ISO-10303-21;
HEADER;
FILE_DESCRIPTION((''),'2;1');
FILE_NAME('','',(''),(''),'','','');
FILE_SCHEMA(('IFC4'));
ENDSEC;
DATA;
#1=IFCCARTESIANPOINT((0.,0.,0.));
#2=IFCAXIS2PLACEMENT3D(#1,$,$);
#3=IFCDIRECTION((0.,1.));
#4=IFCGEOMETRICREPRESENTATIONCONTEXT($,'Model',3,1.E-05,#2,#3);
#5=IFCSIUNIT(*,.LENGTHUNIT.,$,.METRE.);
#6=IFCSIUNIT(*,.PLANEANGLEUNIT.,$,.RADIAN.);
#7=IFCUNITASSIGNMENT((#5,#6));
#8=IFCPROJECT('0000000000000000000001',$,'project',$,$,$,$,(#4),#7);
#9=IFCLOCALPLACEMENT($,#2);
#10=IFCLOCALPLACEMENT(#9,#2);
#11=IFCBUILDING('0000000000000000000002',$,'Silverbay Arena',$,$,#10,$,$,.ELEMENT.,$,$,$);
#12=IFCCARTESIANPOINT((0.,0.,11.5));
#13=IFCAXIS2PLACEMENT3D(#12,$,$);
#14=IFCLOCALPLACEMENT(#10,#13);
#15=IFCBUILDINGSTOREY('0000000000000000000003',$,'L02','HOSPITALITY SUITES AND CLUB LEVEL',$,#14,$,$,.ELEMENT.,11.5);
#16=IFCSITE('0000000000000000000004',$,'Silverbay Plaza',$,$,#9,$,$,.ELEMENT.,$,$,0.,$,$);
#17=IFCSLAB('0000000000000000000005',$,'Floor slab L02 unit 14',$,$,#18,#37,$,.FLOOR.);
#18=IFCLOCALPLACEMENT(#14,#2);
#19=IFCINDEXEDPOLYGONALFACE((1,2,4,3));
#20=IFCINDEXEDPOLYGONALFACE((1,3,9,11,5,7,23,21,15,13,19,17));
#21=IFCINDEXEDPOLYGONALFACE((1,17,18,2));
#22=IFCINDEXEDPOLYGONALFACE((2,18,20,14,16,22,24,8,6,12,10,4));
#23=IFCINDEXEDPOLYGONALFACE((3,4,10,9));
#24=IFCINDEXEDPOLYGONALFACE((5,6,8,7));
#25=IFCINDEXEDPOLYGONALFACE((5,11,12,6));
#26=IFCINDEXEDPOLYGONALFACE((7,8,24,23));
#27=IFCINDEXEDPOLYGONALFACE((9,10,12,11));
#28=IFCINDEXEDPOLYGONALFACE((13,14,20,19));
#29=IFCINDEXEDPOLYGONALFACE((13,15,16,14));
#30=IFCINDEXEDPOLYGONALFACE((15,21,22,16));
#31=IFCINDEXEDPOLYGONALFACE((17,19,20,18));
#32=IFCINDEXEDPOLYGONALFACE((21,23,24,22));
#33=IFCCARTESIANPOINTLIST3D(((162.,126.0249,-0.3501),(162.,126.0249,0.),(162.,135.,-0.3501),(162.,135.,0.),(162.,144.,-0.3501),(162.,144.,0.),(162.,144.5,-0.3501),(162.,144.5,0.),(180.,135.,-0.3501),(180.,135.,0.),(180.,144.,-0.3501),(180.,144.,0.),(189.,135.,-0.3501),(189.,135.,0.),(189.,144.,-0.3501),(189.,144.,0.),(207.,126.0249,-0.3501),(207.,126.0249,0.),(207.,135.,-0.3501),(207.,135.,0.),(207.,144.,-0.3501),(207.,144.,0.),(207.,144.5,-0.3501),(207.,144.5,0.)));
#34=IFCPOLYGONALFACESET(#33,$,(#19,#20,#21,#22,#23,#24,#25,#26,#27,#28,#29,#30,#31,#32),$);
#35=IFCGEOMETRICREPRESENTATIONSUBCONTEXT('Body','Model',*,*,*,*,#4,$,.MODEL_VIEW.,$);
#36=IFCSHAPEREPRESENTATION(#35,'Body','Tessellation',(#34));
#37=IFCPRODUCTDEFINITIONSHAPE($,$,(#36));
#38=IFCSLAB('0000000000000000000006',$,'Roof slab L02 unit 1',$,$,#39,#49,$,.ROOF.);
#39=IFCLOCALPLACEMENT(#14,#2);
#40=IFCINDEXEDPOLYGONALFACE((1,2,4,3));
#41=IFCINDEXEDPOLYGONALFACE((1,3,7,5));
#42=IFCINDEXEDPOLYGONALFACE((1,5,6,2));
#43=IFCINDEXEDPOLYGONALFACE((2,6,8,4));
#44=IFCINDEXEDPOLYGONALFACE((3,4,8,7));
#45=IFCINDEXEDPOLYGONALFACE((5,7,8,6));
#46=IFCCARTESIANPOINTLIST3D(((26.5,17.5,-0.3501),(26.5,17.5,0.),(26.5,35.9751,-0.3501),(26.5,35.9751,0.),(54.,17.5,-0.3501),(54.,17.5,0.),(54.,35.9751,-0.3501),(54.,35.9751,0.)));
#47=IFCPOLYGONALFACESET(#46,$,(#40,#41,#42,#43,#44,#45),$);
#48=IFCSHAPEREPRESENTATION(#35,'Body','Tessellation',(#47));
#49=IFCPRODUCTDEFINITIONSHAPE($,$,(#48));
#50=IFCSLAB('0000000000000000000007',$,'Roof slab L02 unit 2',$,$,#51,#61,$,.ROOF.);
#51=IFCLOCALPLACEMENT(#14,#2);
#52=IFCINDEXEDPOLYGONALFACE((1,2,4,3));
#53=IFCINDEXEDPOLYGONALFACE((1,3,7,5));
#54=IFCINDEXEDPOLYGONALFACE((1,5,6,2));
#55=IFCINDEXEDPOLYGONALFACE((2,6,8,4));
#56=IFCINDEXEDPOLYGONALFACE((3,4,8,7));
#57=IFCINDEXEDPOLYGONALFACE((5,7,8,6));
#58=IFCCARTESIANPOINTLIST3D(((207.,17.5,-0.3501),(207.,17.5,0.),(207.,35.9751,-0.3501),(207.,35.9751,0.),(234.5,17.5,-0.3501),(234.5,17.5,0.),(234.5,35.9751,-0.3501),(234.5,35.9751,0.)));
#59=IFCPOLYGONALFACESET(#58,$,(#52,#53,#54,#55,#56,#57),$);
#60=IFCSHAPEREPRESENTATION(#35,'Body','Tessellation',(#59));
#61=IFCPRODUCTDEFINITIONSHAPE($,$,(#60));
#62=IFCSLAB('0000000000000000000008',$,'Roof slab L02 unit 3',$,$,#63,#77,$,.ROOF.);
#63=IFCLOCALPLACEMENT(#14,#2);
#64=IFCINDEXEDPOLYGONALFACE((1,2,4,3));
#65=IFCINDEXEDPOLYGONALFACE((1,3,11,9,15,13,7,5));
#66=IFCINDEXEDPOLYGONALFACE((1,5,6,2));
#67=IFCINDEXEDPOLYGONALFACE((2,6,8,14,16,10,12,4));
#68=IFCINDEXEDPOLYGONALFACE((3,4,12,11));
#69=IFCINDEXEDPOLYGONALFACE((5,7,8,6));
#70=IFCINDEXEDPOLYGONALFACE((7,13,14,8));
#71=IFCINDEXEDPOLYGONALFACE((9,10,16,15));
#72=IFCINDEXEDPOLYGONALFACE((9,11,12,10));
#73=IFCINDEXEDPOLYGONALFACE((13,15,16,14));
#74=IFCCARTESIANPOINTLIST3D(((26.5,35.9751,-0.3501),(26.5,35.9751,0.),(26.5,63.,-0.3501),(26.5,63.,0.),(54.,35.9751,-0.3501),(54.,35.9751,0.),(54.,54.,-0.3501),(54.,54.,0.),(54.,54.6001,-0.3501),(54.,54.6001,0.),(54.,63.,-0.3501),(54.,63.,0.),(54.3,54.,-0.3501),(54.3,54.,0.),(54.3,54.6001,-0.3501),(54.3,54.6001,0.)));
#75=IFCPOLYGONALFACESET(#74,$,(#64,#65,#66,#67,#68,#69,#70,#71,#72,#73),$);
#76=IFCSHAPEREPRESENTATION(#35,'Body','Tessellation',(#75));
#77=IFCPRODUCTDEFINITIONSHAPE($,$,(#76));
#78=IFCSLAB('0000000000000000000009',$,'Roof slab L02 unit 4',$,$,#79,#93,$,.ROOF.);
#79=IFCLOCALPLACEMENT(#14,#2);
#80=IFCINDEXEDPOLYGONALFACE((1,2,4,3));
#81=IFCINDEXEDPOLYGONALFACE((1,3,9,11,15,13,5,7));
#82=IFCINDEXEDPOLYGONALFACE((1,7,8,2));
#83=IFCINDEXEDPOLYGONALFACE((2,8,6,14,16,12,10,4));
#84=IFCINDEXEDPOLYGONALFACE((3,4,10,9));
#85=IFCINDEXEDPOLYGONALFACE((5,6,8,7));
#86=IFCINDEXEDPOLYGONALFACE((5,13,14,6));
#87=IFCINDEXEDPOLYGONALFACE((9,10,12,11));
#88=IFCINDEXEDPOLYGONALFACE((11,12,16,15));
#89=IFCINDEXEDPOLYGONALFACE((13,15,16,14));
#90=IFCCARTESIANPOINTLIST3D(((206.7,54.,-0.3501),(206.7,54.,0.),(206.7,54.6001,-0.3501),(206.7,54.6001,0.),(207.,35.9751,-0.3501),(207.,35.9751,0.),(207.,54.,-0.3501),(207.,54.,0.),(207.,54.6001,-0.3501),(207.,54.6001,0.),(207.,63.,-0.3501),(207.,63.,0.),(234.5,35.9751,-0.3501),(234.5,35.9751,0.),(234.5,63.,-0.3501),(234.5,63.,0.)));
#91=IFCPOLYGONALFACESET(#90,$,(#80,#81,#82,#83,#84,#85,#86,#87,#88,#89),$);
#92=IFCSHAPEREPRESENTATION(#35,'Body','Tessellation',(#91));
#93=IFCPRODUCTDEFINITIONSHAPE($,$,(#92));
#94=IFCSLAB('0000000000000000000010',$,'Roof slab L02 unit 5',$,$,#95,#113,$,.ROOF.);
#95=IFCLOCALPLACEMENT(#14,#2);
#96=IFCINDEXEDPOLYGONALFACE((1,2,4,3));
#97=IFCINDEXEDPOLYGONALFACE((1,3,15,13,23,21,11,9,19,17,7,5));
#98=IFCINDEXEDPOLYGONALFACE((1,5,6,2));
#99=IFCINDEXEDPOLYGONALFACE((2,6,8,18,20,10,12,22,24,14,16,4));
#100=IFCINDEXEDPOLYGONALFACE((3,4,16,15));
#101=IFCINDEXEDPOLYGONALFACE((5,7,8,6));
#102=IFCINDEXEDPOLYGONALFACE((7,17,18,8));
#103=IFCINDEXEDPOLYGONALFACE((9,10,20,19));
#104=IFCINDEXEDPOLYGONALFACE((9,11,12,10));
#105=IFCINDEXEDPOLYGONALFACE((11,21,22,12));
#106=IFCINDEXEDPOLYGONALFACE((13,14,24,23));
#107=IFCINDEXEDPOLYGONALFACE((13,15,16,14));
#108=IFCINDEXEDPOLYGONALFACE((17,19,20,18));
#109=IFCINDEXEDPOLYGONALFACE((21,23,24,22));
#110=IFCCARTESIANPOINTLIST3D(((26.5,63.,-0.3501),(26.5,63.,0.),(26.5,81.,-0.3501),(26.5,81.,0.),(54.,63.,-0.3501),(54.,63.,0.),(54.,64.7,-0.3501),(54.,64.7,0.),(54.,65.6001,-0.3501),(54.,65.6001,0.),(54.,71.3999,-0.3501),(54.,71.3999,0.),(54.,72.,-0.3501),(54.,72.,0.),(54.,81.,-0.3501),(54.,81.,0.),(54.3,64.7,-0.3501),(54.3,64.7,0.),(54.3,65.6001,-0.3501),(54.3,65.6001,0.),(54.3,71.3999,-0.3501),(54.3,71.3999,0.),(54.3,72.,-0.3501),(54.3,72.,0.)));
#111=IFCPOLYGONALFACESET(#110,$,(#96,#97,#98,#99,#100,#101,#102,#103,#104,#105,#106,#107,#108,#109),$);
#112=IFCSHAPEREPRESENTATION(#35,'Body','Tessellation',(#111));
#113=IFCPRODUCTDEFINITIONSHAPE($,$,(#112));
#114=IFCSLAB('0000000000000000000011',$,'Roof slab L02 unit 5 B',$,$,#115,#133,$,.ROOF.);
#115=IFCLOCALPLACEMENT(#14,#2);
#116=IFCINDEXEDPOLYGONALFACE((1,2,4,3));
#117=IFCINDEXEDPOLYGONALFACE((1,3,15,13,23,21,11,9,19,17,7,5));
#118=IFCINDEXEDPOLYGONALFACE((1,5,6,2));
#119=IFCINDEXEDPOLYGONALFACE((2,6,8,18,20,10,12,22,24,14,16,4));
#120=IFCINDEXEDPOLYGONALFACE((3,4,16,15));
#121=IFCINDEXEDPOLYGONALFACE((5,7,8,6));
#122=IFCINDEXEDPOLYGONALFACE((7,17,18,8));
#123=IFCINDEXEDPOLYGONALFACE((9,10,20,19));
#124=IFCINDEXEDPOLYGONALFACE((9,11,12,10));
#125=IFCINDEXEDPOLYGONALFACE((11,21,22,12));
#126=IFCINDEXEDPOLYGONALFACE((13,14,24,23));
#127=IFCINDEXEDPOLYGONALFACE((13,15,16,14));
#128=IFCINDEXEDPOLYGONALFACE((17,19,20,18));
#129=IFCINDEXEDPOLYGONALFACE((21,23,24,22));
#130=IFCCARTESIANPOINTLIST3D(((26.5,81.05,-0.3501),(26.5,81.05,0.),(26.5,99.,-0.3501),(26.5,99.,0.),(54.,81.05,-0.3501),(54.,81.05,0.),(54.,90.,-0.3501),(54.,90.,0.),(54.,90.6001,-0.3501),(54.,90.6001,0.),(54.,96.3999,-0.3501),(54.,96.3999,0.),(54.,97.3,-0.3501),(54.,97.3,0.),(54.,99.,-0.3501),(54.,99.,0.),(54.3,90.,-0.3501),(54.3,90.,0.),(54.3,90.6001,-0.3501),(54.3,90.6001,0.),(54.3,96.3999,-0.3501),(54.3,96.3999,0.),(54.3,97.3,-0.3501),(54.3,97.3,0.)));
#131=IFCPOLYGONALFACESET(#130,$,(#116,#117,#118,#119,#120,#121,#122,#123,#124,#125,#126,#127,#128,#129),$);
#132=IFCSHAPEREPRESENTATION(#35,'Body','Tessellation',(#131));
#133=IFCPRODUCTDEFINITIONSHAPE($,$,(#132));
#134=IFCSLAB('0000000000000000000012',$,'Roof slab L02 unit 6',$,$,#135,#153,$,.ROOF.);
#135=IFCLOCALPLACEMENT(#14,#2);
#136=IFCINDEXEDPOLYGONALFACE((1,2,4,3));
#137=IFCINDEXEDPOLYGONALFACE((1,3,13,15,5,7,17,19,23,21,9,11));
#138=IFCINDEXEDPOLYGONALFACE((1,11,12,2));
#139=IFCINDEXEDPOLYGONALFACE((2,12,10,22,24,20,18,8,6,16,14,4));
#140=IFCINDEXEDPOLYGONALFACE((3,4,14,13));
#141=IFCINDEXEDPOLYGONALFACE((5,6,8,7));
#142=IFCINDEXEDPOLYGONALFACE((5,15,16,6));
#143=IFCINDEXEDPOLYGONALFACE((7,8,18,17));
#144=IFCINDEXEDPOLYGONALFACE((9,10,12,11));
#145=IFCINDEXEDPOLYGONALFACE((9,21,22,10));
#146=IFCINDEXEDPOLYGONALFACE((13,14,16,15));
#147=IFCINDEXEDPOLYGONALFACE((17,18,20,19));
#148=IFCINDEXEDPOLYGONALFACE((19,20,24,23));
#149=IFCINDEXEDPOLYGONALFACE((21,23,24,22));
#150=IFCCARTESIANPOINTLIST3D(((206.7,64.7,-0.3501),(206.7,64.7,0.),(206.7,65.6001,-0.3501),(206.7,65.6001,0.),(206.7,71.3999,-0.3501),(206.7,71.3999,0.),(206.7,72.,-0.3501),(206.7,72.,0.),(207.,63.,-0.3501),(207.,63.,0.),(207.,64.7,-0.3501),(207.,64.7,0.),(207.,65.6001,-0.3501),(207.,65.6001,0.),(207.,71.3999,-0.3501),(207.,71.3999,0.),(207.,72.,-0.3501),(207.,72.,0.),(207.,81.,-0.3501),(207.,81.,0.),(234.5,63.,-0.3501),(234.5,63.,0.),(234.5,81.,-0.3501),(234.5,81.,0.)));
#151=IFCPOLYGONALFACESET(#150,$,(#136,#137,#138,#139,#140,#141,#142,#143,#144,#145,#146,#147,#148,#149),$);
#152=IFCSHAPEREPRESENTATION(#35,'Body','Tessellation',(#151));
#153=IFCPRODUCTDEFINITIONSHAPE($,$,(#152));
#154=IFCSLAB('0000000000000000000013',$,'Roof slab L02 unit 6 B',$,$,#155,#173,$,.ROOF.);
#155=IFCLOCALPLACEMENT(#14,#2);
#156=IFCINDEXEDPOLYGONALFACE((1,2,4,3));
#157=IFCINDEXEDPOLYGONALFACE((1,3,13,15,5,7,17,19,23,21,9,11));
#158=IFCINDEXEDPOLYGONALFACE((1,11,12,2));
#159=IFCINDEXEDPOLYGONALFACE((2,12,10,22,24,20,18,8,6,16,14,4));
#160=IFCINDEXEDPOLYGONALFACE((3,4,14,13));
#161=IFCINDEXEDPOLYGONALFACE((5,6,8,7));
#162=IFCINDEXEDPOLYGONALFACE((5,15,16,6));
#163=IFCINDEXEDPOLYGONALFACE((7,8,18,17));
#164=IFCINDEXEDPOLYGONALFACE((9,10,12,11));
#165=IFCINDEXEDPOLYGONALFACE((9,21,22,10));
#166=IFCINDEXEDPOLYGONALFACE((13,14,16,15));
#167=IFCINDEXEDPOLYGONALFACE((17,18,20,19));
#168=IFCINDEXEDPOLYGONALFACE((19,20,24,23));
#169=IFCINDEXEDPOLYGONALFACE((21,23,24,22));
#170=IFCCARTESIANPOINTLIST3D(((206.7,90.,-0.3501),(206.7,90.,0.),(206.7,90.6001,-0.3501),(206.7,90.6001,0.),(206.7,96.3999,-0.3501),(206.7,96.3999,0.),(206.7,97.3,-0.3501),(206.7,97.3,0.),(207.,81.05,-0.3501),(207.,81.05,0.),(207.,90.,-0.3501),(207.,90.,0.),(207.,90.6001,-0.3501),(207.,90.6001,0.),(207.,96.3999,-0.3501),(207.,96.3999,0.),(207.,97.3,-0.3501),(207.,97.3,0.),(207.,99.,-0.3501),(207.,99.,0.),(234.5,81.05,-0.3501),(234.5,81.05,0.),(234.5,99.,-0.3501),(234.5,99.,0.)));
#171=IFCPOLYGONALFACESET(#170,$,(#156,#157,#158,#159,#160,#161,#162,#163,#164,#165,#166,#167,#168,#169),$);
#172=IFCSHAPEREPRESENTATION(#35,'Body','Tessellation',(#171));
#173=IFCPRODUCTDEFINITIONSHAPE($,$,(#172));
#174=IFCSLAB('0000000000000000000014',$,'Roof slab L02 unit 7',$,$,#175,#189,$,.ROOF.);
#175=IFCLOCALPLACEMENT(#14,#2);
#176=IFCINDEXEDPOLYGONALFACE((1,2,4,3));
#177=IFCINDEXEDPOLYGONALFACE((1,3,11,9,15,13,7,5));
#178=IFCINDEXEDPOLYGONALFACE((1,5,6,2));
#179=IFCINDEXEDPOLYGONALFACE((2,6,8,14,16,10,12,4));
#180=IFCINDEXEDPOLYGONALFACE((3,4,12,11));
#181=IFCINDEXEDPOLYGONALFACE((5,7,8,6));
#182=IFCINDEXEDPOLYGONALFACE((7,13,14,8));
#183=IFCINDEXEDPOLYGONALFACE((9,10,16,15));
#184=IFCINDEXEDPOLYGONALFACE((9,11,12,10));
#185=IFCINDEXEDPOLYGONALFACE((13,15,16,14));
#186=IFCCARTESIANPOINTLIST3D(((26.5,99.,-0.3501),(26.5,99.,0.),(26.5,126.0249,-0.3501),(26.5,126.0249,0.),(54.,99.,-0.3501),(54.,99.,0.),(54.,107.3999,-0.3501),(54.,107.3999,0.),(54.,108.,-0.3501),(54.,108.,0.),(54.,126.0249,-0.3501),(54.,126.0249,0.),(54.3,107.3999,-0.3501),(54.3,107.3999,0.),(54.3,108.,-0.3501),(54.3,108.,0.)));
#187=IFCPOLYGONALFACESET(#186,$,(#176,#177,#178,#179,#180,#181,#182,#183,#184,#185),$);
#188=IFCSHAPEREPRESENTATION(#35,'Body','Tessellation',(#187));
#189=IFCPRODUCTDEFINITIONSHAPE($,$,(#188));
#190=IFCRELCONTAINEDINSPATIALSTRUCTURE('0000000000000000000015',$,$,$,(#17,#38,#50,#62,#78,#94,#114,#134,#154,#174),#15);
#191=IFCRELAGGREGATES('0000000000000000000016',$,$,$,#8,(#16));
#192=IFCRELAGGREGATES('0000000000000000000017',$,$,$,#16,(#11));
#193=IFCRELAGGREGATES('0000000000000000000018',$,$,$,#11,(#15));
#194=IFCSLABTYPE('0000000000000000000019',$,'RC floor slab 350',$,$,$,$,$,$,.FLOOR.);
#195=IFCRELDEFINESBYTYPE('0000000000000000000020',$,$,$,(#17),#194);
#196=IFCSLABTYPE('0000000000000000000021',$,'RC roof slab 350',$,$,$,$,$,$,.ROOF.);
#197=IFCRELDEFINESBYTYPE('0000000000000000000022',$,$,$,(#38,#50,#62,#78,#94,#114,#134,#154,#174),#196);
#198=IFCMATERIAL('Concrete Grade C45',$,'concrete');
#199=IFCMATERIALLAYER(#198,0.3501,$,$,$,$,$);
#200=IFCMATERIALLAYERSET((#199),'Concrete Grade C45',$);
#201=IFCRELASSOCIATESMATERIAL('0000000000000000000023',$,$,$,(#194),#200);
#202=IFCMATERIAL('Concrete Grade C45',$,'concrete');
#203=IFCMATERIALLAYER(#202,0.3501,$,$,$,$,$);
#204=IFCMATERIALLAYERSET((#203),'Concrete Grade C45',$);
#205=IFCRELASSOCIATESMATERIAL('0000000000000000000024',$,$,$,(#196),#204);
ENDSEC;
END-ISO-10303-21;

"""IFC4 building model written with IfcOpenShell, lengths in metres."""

from ifc_helpers import new_model, si_unit, direction, frame, origin, place, context, subcontext, project, spatial, polyline, outline, extrude, material, layer, layer_set, type_object, element, save


model = new_model("IFC4")

# Units and contexts
model_context = context("Model", 3, precision=1e-05, world=origin(), true_north=direction((0.0, 1.0)))
body_context = subcontext(model_context, "Body", "Model", "MODEL_VIEW")
ifc_project = project(units=[si_unit("LENGTHUNIT", "METRE"), si_unit("PLANEANGLEUNIT", "RADIAN")], contexts=[model_context])

# Site, building, storey
site_placement = place(None, origin())
site = spatial("IfcSite", under=ifc_project, at=site_placement, Name="Silverbay Plaza", CompositionType="ELEMENT", RefElevation=0.0)
building_placement = place(site_placement, origin())
building = spatial("IfcBuilding", under=site, at=building_placement, Name="Silverbay Arena", CompositionType="ELEMENT")
storey_placement = place(building_placement, frame((0.0, 0.0, 11.5)))
storey = spatial("IfcBuildingStorey", under=building, at=storey_placement, Name="L02", Description="HOSPITALITY SUITES AND CLUB LEVEL", CompositionType="ELEMENT", Elevation=11.5)

# Slabs
ifc_material_1 = material(Name="Concrete Grade C45", Category="concrete")
ifc_layer_1 = layer(ifc_material_1, 0.3501)
ifc_layer_set_1 = layer_set([ifc_layer_1], Name="Concrete Grade C45")
slab_type_1 = type_object("IfcSlabType", Name="RC floor slab 350", PredefinedType="FLOOR", material=ifc_layer_set_1)
slab_1_placement = place(storey_placement, frame((0.0, 0.0, -0.3501)))
element("IfcSlab", 1, at=slab_1_placement, inside=storey, type_object=slab_type_1, Name="Floor slab L02 unit 14", PredefinedType="FLOOR", context=body_context, shape_type="SweptSolid", body=[
    extrude(outline(polyline([(162.0, 126.0249), (162.0, 135.0), (180.0, 135.0), (180.0, 144.0), (162.0, 144.0), (162.0, 144.5), (207.0, 144.5), (207.0, 144.0), (189.0, 144.0), (189.0, 135.0), (207.0, 135.0), (207.0, 126.0249), (162.0, 126.0249)])), origin(), (0.0, 0.0, 1.0), 0.3501),
])
ifc_material_2 = material(Name="Concrete Grade C45", Category="concrete")
ifc_layer_2 = layer(ifc_material_2, 0.3501)
ifc_layer_set_2 = layer_set([ifc_layer_2], Name="Concrete Grade C45")
slab_type_2 = type_object("IfcSlabType", Name="RC roof slab 350", PredefinedType="ROOF", material=ifc_layer_set_2)
slab_2_placement = place(storey_placement, frame((0.0, 0.0, -0.3501)))
element("IfcSlab", 2, at=slab_2_placement, inside=storey, type_object=slab_type_2, Name="Roof slab L02 unit 1", PredefinedType="ROOF", context=body_context, shape_type="SweptSolid", body=[
    extrude(outline(polyline([(26.5, 35.9751), (54.0, 35.9751), (54.0, 17.5), (26.5, 17.5), (26.5, 35.9751)])), origin(), (0.0, 0.0, 1.0), 0.3501),
])
slab_3_placement = place(storey_placement, frame((0.0, 0.0, -0.3501)))
element("IfcSlab", 3, at=slab_3_placement, inside=storey, type_object=slab_type_2, Name="Roof slab L02 unit 2", PredefinedType="ROOF", context=body_context, shape_type="SweptSolid", body=[
    extrude(outline(polyline([(234.5, 17.5), (207.0, 17.5), (207.0, 35.9751), (234.5, 35.9751), (234.5, 17.5)])), origin(), (0.0, 0.0, 1.0), 0.3501),
])
slab_4_placement = place(storey_placement, frame((0.0, 0.0, -0.3501)))
element("IfcSlab", 4, at=slab_4_placement, inside=storey, type_object=slab_type_2, Name="Roof slab L02 unit 3", PredefinedType="ROOF", context=body_context, shape_type="SweptSolid", body=[
    extrude(outline(polyline([(54.3, 54.6001), (54.3, 54.0), (54.0, 54.0), (54.0, 35.9751), (26.5, 35.9751), (26.5, 63.0), (54.0, 63.0), (54.0, 54.6001), (54.3, 54.6001)])), origin(), (0.0, 0.0, 1.0), 0.3501),
])
slab_5_placement = place(storey_placement, frame((0.0, 0.0, -0.3501)))
element("IfcSlab", 5, at=slab_5_placement, inside=storey, type_object=slab_type_2, Name="Roof slab L02 unit 4", PredefinedType="ROOF", context=body_context, shape_type="SweptSolid", body=[
    extrude(outline(polyline([(207.0, 35.9751), (207.0, 54.0), (206.7, 54.0), (206.7, 54.6001), (207.0, 54.6001), (207.0, 63.0), (234.5, 63.0), (234.5, 35.9751), (207.0, 35.9751)])), origin(), (0.0, 0.0, 1.0), 0.3501),
])
slab_6_placement = place(storey_placement, frame((0.0, 0.0, -0.3501)))
element("IfcSlab", 6, at=slab_6_placement, inside=storey, type_object=slab_type_2, Name="Roof slab L02 unit 5", PredefinedType="ROOF", context=body_context, shape_type="SweptSolid", body=[
    extrude(outline(polyline([(54.3, 64.7), (54.0, 64.7), (54.0, 63.0), (26.5, 63.0), (26.5, 81.0), (54.0, 81.0), (54.0, 72.0), (54.3, 72.0), (54.3, 71.3999), (54.0, 71.3999), (54.0, 65.6001), (54.3, 65.6001), (54.3, 64.7)])), origin(), (0.0, 0.0, 1.0), 0.3501),
])
slab_7_placement = place(storey_placement, frame((0.0, 0.0, -0.3501)))
element("IfcSlab", 7, at=slab_7_placement, inside=storey, type_object=slab_type_2, Name="Roof slab L02 unit 5 B", PredefinedType="ROOF", context=body_context, shape_type="SweptSolid", body=[
    extrude(outline(polyline([(26.5, 99.0), (54.0, 99.0), (54.0, 97.3), (54.3, 97.3), (54.3, 96.3999), (54.0, 96.3999), (54.0, 90.6001), (54.3, 90.6001), (54.3, 90.0), (54.0, 90.0), (54.0, 81.05), (26.5, 81.05), (26.5, 99.0)])), origin(), (0.0, 0.0, 1.0), 0.3501),
])
slab_8_placement = place(storey_placement, frame((0.0, 0.0, -0.3501)))
element("IfcSlab", 8, at=slab_8_placement, inside=storey, type_object=slab_type_2, Name="Roof slab L02 unit 6", PredefinedType="ROOF", context=body_context, shape_type="SweptSolid", body=[
    extrude(outline(polyline([(206.7, 65.6001), (207.0, 65.6001), (207.0, 71.3999), (206.7, 71.3999), (206.7, 72.0), (207.0, 72.0), (207.0, 81.0), (234.5, 81.0), (234.5, 63.0), (207.0, 63.0), (207.0, 64.7), (206.7, 64.7), (206.7, 65.6001)])), origin(), (0.0, 0.0, 1.0), 0.3501),
])
slab_9_placement = place(storey_placement, frame((0.0, 0.0, -0.3501)))
element("IfcSlab", 9, at=slab_9_placement, inside=storey, type_object=slab_type_2, Name="Roof slab L02 unit 6 B", PredefinedType="ROOF", context=body_context, shape_type="SweptSolid", body=[
    extrude(outline(polyline([(207.0, 90.0), (206.7, 90.0), (206.7, 90.6001), (207.0, 90.6001), (207.0, 96.3999), (206.7, 96.3999), (206.7, 97.3), (207.0, 97.3), (207.0, 99.0), (234.5, 99.0), (234.5, 81.05), (207.0, 81.05), (207.0, 90.0)])), origin(), (0.0, 0.0, 1.0), 0.3501),
])
slab_10_placement = place(storey_placement, frame((0.0, 0.0, -0.3501)))
element("IfcSlab", 10, at=slab_10_placement, inside=storey, type_object=slab_type_2, Name="Roof slab L02 unit 7", PredefinedType="ROOF", context=body_context, shape_type="SweptSolid", body=[
    extrude(outline(polyline([(54.3, 107.3999), (54.0, 107.3999), (54.0, 99.0), (26.5, 99.0), (26.5, 126.0249), (54.0, 126.0249), (54.0, 108.0), (54.3, 108.0), (54.3, 107.3999)])), origin(), (0.0, 0.0, 1.0), 0.3501),
])

save(model, "model.ifc")
